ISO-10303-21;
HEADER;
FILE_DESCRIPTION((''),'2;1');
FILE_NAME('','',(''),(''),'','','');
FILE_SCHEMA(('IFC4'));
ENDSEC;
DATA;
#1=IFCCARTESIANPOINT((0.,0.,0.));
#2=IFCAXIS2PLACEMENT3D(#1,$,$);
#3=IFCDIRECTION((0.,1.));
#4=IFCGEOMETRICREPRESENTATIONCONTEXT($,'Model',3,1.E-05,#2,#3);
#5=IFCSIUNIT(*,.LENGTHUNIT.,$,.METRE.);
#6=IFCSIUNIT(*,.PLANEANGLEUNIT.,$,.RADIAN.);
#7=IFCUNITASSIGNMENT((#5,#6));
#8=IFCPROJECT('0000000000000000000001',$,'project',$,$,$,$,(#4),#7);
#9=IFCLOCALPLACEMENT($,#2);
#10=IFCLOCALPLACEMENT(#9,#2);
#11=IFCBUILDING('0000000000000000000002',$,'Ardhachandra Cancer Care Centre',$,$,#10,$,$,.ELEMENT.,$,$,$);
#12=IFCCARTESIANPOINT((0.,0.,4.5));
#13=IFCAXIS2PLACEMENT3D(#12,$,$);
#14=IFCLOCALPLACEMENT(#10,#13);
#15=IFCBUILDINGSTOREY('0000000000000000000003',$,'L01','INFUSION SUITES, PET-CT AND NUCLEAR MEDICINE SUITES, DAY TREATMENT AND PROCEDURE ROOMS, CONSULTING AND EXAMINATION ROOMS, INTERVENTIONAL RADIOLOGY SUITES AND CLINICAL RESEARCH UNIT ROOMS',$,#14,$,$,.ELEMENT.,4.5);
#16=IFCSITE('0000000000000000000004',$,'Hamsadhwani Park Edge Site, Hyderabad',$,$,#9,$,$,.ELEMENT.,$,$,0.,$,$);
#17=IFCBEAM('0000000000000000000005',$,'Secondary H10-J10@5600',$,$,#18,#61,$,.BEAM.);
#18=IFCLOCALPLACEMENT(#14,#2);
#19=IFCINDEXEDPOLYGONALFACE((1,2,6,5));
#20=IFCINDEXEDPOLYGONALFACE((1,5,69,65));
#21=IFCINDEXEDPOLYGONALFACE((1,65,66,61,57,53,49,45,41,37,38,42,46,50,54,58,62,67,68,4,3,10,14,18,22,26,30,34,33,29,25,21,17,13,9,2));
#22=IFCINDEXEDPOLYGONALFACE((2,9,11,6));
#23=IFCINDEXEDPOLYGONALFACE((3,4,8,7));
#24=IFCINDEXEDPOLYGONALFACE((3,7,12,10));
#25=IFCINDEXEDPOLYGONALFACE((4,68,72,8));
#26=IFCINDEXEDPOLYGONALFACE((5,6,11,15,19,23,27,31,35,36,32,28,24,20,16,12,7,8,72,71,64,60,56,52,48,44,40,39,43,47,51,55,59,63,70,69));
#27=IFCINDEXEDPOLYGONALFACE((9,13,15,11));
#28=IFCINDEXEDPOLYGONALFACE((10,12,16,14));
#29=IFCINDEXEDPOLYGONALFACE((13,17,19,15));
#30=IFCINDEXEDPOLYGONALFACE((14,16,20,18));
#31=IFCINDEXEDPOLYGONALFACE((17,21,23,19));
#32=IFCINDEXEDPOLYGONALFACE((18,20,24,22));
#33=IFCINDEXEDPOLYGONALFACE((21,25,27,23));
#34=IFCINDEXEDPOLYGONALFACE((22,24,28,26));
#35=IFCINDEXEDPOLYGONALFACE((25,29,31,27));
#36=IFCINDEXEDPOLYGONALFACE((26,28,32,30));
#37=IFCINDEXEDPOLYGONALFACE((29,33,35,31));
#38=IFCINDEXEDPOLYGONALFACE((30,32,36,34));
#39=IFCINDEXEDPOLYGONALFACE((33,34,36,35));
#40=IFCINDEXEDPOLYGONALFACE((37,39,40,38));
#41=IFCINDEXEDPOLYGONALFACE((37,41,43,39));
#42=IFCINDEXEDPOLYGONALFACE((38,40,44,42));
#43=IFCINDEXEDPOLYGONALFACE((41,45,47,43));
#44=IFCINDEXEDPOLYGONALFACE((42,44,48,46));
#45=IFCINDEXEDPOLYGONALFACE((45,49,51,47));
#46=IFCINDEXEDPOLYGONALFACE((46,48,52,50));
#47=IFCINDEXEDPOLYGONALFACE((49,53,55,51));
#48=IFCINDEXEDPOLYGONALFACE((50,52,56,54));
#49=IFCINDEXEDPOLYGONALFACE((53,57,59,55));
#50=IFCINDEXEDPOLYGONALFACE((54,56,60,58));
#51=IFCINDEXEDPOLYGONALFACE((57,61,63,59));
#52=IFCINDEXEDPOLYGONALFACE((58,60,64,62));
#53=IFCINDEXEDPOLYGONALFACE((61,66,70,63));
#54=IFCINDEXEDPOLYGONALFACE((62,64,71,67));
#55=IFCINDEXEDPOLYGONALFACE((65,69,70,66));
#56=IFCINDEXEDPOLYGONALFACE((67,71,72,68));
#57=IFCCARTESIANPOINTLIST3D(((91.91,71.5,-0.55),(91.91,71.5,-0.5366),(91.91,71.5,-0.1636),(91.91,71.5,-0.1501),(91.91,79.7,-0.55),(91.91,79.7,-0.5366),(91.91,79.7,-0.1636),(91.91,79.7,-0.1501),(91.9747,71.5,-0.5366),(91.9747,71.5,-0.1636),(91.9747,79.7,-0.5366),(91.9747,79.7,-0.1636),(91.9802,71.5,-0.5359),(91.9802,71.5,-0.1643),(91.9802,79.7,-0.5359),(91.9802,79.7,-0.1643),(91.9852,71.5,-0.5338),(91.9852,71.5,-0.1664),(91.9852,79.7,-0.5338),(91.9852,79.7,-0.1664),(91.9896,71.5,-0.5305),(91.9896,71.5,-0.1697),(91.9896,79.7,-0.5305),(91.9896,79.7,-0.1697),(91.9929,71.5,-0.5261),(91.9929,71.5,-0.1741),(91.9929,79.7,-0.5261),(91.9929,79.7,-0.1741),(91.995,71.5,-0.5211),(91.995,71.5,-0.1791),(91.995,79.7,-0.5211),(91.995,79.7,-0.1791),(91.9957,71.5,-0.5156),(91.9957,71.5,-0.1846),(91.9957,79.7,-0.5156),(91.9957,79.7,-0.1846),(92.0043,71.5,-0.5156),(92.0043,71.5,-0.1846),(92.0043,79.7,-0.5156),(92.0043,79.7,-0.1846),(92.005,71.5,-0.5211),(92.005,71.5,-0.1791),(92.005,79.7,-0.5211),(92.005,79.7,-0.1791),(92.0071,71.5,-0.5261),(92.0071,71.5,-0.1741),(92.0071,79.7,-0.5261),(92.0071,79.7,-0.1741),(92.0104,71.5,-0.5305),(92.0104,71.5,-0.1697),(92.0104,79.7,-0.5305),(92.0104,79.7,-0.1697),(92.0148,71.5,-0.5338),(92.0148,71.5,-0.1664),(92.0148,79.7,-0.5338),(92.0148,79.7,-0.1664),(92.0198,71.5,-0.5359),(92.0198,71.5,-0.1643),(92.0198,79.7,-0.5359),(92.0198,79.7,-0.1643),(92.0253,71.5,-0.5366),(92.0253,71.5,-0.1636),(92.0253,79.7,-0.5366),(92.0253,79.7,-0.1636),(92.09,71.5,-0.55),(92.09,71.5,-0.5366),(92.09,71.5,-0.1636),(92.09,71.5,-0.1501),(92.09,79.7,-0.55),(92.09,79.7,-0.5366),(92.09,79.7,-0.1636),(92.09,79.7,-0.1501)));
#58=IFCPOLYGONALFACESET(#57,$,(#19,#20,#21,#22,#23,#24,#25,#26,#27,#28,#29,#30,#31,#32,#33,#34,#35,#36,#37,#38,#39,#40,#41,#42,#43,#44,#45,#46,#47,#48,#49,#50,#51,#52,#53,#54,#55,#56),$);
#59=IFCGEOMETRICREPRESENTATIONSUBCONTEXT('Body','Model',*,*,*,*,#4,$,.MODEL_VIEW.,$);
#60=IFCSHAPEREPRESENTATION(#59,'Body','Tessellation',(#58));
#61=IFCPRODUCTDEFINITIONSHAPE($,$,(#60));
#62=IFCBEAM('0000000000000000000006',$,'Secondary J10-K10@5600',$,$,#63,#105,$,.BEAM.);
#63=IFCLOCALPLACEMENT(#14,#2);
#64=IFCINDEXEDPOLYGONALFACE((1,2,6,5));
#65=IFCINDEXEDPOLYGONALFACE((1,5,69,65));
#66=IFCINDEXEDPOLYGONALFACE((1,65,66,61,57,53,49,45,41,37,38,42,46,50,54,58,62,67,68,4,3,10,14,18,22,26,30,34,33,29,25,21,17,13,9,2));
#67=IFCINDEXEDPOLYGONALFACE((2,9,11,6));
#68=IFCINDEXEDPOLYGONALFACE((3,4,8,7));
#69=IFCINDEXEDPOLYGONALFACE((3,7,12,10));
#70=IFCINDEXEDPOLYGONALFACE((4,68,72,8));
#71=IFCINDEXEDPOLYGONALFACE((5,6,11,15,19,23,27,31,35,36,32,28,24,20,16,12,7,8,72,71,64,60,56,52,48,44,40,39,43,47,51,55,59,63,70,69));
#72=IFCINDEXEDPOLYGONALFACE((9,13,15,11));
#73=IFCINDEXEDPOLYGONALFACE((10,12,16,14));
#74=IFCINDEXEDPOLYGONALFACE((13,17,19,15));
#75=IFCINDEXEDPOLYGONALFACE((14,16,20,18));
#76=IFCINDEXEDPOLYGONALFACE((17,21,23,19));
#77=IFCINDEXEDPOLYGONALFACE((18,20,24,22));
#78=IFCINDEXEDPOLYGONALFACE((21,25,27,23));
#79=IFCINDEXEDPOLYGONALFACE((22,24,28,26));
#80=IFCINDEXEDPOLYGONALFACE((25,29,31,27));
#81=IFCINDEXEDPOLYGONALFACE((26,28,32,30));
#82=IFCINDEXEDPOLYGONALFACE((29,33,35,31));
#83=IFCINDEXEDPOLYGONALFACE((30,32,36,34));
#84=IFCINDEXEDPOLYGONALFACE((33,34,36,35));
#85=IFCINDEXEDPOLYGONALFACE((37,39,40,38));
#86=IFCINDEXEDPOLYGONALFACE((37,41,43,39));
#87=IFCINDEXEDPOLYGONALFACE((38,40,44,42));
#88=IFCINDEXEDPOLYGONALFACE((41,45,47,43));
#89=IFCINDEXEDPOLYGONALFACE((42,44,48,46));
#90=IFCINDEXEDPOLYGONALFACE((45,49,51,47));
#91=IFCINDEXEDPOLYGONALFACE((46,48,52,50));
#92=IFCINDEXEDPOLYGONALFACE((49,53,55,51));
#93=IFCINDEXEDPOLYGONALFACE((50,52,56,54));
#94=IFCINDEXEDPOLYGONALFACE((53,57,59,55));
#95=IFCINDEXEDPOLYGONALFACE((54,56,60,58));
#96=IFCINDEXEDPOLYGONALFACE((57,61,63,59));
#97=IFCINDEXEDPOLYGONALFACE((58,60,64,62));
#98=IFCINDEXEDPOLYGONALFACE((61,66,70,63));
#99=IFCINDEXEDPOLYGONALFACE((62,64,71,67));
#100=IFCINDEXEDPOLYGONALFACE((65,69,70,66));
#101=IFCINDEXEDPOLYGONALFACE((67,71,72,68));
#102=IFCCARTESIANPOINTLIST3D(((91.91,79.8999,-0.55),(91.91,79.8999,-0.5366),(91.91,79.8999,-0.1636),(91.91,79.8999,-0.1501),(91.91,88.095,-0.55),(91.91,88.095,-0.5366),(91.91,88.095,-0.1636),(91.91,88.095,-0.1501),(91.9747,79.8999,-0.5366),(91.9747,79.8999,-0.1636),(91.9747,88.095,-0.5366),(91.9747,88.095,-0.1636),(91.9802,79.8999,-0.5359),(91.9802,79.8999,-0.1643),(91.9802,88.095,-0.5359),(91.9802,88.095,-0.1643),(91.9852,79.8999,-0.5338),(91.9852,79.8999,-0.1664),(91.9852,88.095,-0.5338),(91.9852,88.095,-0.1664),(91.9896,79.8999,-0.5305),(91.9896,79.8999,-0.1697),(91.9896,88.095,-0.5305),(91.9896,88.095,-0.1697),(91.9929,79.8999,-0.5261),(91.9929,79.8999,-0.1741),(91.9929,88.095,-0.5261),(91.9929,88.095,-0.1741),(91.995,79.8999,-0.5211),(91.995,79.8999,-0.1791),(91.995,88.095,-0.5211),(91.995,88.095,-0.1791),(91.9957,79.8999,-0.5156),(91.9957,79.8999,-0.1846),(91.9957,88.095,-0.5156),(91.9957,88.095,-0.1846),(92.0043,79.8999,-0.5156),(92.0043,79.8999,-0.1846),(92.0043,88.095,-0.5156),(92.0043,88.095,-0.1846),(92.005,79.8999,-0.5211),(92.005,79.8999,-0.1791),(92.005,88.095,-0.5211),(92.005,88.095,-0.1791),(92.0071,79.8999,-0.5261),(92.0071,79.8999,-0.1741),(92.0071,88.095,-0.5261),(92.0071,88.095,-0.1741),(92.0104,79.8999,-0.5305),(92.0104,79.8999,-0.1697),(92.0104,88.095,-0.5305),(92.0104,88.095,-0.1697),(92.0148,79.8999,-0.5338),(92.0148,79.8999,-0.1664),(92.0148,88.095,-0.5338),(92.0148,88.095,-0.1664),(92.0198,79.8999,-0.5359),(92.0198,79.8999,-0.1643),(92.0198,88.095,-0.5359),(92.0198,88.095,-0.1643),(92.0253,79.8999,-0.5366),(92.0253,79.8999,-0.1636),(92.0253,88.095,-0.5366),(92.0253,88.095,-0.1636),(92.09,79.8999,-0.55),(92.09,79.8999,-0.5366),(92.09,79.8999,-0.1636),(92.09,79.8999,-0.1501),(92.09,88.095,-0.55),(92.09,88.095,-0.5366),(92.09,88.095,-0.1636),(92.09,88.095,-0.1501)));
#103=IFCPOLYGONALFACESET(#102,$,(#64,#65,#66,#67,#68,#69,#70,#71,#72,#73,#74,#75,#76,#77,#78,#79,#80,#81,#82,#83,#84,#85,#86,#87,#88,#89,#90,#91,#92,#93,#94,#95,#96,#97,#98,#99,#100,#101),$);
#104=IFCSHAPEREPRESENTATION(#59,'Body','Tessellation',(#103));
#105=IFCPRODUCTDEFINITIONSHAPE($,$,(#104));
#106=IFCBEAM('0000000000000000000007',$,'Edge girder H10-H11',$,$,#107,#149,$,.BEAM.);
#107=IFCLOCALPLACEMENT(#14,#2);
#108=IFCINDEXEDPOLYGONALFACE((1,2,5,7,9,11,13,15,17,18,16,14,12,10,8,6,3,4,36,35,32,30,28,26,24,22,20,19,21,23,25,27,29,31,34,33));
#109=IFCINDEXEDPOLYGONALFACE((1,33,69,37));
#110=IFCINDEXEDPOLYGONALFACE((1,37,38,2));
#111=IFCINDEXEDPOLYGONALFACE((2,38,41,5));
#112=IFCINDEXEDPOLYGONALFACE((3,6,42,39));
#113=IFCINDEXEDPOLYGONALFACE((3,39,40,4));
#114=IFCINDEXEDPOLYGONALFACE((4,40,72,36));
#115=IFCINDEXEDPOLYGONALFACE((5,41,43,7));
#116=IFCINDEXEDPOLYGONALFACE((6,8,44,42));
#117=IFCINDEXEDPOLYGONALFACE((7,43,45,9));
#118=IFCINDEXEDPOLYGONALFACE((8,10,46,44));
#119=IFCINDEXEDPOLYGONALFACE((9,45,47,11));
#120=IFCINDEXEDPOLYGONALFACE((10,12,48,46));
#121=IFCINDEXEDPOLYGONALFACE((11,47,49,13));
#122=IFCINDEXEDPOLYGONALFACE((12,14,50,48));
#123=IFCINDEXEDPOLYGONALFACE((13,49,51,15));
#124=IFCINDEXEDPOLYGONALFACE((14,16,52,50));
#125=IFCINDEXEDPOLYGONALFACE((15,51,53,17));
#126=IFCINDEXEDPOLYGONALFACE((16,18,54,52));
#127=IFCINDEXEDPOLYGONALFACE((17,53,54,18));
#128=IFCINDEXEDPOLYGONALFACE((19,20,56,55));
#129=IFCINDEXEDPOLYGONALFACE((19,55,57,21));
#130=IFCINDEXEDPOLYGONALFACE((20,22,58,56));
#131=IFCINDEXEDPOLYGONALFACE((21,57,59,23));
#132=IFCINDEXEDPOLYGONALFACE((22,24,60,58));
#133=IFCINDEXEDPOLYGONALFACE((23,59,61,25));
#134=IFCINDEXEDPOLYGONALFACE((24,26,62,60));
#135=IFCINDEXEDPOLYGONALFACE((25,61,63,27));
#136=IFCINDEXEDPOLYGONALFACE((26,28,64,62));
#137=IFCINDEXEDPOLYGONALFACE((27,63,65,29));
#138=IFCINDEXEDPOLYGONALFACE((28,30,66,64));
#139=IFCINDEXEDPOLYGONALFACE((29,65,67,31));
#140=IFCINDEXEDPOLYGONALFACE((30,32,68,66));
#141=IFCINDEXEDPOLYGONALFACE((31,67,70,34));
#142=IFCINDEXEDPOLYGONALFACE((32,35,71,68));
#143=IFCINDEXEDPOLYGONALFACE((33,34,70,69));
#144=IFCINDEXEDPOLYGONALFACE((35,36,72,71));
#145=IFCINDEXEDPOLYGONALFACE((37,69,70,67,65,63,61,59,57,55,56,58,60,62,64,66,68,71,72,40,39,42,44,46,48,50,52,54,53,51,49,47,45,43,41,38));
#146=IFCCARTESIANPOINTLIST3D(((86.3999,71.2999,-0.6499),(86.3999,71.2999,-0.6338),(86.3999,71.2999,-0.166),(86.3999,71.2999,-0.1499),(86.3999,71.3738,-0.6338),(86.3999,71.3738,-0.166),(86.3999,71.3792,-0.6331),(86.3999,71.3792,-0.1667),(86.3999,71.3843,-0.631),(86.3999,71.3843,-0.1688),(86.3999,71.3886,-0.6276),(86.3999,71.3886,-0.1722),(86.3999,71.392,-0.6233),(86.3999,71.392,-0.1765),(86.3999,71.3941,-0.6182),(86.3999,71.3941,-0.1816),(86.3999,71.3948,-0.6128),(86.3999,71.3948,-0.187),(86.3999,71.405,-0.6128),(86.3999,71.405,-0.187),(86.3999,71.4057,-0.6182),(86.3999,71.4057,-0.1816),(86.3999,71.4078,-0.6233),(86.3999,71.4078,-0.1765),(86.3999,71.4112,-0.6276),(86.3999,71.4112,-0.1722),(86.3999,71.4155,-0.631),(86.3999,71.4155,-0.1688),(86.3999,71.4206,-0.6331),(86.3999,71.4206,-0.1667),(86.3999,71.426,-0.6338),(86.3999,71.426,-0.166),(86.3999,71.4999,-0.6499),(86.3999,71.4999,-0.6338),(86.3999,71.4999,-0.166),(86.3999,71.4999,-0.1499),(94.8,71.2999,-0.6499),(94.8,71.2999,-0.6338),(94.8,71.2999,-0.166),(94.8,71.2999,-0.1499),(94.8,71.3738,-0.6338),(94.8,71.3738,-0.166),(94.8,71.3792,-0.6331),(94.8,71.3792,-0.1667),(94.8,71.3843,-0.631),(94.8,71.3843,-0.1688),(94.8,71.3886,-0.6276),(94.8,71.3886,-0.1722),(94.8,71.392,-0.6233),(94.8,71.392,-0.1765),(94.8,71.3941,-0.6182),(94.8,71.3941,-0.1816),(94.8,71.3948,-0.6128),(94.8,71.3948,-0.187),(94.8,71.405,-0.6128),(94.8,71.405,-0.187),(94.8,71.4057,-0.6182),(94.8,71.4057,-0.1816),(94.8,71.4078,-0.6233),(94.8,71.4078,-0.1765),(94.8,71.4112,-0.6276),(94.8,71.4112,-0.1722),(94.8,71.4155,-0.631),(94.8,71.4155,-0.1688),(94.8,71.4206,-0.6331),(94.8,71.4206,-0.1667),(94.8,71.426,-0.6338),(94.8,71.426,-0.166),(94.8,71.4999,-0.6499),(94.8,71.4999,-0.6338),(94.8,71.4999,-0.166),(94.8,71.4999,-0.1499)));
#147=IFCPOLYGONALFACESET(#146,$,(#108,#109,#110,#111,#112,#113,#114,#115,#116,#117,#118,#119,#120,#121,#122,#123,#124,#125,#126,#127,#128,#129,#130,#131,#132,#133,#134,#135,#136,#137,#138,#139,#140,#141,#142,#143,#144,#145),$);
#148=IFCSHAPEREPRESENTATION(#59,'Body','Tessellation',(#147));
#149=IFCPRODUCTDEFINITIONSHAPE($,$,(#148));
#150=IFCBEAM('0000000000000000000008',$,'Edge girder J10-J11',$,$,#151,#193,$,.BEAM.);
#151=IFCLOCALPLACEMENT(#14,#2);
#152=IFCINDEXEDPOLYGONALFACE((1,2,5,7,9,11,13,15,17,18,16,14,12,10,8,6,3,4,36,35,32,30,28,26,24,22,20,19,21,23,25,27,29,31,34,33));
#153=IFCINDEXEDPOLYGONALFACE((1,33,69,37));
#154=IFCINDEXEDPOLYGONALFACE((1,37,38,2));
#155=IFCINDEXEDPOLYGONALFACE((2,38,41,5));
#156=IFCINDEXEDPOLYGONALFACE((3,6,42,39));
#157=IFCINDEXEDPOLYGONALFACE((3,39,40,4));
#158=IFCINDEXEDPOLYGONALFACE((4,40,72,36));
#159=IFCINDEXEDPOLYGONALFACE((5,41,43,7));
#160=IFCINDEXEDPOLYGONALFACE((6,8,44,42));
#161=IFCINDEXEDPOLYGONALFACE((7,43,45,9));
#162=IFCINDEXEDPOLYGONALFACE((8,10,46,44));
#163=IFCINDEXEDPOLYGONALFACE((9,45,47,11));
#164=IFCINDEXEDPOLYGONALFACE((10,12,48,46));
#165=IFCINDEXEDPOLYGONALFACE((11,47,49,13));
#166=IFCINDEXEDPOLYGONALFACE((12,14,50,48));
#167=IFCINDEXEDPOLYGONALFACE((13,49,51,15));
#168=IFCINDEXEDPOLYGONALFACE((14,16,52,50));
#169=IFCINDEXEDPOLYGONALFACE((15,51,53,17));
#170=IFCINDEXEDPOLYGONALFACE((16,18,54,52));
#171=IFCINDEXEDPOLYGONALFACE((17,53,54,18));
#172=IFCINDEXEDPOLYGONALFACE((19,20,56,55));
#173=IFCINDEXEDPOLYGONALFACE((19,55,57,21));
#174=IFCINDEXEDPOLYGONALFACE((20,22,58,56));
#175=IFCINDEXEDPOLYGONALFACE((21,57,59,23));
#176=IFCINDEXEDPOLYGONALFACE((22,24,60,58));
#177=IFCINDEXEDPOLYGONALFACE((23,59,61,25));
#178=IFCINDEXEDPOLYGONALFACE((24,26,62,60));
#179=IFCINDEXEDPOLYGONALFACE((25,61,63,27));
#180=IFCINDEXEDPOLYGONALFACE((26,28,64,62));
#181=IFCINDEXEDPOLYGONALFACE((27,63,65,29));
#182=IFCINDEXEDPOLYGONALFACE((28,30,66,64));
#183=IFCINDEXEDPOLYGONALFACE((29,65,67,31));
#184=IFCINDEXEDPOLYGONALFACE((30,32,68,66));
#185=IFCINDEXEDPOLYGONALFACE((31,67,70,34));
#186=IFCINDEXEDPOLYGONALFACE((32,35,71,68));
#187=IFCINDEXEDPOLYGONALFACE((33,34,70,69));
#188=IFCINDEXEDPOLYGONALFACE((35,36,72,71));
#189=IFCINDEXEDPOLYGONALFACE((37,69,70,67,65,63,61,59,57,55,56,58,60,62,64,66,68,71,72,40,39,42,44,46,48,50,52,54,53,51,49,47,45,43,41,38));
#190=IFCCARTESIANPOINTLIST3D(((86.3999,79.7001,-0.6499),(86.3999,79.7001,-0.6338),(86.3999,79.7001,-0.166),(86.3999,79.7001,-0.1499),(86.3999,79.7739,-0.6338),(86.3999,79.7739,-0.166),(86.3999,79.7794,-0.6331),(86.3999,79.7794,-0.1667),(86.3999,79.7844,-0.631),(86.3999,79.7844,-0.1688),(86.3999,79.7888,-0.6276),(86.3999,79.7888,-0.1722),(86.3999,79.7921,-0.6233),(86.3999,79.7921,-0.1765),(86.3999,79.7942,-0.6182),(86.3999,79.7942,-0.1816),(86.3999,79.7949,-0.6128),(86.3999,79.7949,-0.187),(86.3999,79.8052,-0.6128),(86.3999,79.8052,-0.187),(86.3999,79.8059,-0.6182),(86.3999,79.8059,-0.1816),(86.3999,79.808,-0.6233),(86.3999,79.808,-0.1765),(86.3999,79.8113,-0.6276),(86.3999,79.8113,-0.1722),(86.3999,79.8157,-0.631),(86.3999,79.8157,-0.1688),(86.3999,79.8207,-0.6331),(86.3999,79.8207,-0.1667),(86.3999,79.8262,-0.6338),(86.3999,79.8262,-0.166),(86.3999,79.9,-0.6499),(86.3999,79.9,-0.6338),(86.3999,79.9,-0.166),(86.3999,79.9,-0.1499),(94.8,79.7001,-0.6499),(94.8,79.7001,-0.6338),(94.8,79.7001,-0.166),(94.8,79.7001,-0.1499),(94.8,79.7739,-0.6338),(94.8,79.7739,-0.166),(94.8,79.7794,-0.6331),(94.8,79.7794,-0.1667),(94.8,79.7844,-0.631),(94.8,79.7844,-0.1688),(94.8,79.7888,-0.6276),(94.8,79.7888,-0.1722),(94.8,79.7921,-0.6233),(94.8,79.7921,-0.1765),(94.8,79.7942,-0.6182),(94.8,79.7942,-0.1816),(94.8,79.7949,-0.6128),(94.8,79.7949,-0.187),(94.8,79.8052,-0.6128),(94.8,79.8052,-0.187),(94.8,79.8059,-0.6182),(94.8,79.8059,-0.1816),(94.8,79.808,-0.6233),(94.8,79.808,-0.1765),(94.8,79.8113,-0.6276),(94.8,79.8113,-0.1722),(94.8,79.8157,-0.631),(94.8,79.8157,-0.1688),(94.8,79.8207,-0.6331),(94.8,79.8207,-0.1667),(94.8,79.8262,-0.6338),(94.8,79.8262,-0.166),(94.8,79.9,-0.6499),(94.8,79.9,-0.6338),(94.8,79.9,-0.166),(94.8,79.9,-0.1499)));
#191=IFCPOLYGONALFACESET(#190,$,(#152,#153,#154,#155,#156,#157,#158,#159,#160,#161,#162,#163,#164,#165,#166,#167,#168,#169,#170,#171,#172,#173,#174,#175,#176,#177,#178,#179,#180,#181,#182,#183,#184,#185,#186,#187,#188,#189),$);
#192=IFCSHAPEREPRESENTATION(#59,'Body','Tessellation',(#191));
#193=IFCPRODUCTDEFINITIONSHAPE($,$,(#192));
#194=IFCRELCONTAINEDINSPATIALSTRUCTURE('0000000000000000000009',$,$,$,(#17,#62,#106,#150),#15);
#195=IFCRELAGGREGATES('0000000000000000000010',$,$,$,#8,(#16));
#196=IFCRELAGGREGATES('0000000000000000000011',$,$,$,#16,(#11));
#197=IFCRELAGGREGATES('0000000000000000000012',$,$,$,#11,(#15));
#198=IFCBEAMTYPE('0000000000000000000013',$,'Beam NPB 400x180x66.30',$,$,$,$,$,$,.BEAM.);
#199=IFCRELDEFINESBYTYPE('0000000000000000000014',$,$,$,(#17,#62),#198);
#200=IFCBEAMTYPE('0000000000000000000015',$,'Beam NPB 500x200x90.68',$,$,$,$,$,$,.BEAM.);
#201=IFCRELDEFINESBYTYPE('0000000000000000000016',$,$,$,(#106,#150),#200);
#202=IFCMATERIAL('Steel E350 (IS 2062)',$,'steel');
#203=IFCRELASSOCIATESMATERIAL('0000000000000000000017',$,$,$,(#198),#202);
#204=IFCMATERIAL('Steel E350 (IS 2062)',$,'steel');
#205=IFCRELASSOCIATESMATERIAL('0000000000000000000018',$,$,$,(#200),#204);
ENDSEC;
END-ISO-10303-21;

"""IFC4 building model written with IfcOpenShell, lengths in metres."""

from ifc_helpers import new_model, si_unit, direction, frame, origin, origin_2d, place, context, subcontext, project, spatial, i_section, extrude, material, material_profile, profile_set, type_object, element, save


model = new_model("IFC4")

# Units and contexts
model_context = context("Model", 3, precision=1e-05, world=origin(), true_north=direction((0.0, 1.0)))
body_context = subcontext(model_context, "Body", "Model", "MODEL_VIEW")
ifc_project = project(units=[si_unit("LENGTHUNIT", "METRE"), si_unit("PLANEANGLEUNIT", "RADIAN")], contexts=[model_context])

# Site, building, storey
site_placement = place(None, origin())
site = spatial("IfcSite", under=ifc_project, at=site_placement, Name="Hamsadhwani Park Edge Site, Hyderabad", CompositionType="ELEMENT", RefElevation=0.0)
building_placement = place(site_placement, origin())
building = spatial("IfcBuilding", under=site, at=building_placement, Name="Ardhachandra Cancer Care Centre", CompositionType="ELEMENT")
storey_placement = place(building_placement, frame((0.0, 0.0, 4.5)))
storey = spatial("IfcBuildingStorey", under=building, at=storey_placement, Name="L01", Description="INFUSION SUITES, PET-CT AND NUCLEAR MEDICINE SUITES, DAY TREATMENT AND PROCEDURE ROOMS, CONSULTING AND EXAMINATION ROOMS, INTERVENTIONAL RADIOLOGY SUITES AND CLINICAL RESEARCH UNIT ROOMS", CompositionType="ELEMENT", Elevation=4.5)

# Beams
ifc_material_1 = material(Name="Steel E350 (IS 2062)", Category="steel")
ifc_material_profile_1 = material_profile(ifc_material_1, i_section(OverallWidth=0.1799, OverallDepth=0.3999, WebThickness=0.0085, FlangeThickness=0.0134, FilletRadius=0.021, at=origin_2d()), Name="NPB 400x180x66.30")
ifc_profile_set_1 = profile_set([ifc_material_profile_1], Name="Steel E350 (IS 2062)")
beam_type_1 = type_object("IfcBeamType", Name="Beam NPB 400x180x66.30", PredefinedType="BEAM", material=ifc_profile_set_1)
beam_1_placement = place(storey_placement, frame((92.0, 71.5, -0.3501), z_axis=(0.0, 1.0, 0.0), x_axis=(-1.0, 0.0, 0.0)))
element("IfcBeam", 1, at=beam_1_placement, inside=storey, type_object=beam_type_1, Name="Secondary H10-J10@5600", PredefinedType="BEAM", context=body_context, shape_type="SweptSolid", body=[
    extrude(i_section(OverallWidth=0.1799, OverallDepth=0.3999, WebThickness=0.0085, FlangeThickness=0.0134, FilletRadius=0.021, at=origin_2d()), origin(), (0.0, 0.0, 1.0), 8.2),
])
beam_2_placement = place(storey_placement, frame((92.0, 79.8999, -0.3501), z_axis=(0.0, 1.0, 0.0), x_axis=(-1.0, 0.0, 0.0)))
element("IfcBeam", 2, at=beam_2_placement, inside=storey, type_object=beam_type_1, Name="Secondary J10-K10@5600", PredefinedType="BEAM", context=body_context, shape_type="SweptSolid", body=[
    extrude(i_section(OverallWidth=0.1799, OverallDepth=0.3999, WebThickness=0.0085, FlangeThickness=0.0134, FilletRadius=0.021, at=origin_2d()), origin(), (0.0, 0.0, 1.0), 8.1951),
])
ifc_material_2 = material(Name="Steel E350 (IS 2062)", Category="steel")
ifc_material_profile_2 = material_profile(ifc_material_2, i_section(OverallWidth=0.2, OverallDepth=0.5, WebThickness=0.0103, FlangeThickness=0.0161, FilletRadius=0.021, at=origin_2d()), Name="NPB 500x200x90.68")
ifc_profile_set_2 = profile_set([ifc_material_profile_2], Name="Steel E350 (IS 2062)")
beam_type_2 = type_object("IfcBeamType", Name="Beam NPB 500x200x90.68", PredefinedType="BEAM", material=ifc_profile_set_2)
for number, where, z_axis, x_axis, name in (
    (3, (86.3999, 71.3999, -0.3999), (1.0, 0.0, 0.0), (0.0, 1.0, 0.0), "Edge girder H10-H11"),
    (4, (86.3999, 79.8, -0.3999), (1.0, 0.0, 0.0), (0.0, 1.0, 0.0), "Edge girder J10-J11"),
):
    element("IfcBeam", number, at=place(storey_placement, frame(where, z_axis=z_axis, x_axis=x_axis)), inside=storey, type_object=beam_type_2, Name=name, PredefinedType="BEAM", context=body_context, shape_type="SweptSolid", body=[
        extrude(i_section(OverallWidth=0.2, OverallDepth=0.5, WebThickness=0.0103, FlangeThickness=0.0161, FilletRadius=0.021, at=origin_2d()), origin(), (0.0, 0.0, 1.0), 8.4001),
    ])

save(model, "model.ifc")
